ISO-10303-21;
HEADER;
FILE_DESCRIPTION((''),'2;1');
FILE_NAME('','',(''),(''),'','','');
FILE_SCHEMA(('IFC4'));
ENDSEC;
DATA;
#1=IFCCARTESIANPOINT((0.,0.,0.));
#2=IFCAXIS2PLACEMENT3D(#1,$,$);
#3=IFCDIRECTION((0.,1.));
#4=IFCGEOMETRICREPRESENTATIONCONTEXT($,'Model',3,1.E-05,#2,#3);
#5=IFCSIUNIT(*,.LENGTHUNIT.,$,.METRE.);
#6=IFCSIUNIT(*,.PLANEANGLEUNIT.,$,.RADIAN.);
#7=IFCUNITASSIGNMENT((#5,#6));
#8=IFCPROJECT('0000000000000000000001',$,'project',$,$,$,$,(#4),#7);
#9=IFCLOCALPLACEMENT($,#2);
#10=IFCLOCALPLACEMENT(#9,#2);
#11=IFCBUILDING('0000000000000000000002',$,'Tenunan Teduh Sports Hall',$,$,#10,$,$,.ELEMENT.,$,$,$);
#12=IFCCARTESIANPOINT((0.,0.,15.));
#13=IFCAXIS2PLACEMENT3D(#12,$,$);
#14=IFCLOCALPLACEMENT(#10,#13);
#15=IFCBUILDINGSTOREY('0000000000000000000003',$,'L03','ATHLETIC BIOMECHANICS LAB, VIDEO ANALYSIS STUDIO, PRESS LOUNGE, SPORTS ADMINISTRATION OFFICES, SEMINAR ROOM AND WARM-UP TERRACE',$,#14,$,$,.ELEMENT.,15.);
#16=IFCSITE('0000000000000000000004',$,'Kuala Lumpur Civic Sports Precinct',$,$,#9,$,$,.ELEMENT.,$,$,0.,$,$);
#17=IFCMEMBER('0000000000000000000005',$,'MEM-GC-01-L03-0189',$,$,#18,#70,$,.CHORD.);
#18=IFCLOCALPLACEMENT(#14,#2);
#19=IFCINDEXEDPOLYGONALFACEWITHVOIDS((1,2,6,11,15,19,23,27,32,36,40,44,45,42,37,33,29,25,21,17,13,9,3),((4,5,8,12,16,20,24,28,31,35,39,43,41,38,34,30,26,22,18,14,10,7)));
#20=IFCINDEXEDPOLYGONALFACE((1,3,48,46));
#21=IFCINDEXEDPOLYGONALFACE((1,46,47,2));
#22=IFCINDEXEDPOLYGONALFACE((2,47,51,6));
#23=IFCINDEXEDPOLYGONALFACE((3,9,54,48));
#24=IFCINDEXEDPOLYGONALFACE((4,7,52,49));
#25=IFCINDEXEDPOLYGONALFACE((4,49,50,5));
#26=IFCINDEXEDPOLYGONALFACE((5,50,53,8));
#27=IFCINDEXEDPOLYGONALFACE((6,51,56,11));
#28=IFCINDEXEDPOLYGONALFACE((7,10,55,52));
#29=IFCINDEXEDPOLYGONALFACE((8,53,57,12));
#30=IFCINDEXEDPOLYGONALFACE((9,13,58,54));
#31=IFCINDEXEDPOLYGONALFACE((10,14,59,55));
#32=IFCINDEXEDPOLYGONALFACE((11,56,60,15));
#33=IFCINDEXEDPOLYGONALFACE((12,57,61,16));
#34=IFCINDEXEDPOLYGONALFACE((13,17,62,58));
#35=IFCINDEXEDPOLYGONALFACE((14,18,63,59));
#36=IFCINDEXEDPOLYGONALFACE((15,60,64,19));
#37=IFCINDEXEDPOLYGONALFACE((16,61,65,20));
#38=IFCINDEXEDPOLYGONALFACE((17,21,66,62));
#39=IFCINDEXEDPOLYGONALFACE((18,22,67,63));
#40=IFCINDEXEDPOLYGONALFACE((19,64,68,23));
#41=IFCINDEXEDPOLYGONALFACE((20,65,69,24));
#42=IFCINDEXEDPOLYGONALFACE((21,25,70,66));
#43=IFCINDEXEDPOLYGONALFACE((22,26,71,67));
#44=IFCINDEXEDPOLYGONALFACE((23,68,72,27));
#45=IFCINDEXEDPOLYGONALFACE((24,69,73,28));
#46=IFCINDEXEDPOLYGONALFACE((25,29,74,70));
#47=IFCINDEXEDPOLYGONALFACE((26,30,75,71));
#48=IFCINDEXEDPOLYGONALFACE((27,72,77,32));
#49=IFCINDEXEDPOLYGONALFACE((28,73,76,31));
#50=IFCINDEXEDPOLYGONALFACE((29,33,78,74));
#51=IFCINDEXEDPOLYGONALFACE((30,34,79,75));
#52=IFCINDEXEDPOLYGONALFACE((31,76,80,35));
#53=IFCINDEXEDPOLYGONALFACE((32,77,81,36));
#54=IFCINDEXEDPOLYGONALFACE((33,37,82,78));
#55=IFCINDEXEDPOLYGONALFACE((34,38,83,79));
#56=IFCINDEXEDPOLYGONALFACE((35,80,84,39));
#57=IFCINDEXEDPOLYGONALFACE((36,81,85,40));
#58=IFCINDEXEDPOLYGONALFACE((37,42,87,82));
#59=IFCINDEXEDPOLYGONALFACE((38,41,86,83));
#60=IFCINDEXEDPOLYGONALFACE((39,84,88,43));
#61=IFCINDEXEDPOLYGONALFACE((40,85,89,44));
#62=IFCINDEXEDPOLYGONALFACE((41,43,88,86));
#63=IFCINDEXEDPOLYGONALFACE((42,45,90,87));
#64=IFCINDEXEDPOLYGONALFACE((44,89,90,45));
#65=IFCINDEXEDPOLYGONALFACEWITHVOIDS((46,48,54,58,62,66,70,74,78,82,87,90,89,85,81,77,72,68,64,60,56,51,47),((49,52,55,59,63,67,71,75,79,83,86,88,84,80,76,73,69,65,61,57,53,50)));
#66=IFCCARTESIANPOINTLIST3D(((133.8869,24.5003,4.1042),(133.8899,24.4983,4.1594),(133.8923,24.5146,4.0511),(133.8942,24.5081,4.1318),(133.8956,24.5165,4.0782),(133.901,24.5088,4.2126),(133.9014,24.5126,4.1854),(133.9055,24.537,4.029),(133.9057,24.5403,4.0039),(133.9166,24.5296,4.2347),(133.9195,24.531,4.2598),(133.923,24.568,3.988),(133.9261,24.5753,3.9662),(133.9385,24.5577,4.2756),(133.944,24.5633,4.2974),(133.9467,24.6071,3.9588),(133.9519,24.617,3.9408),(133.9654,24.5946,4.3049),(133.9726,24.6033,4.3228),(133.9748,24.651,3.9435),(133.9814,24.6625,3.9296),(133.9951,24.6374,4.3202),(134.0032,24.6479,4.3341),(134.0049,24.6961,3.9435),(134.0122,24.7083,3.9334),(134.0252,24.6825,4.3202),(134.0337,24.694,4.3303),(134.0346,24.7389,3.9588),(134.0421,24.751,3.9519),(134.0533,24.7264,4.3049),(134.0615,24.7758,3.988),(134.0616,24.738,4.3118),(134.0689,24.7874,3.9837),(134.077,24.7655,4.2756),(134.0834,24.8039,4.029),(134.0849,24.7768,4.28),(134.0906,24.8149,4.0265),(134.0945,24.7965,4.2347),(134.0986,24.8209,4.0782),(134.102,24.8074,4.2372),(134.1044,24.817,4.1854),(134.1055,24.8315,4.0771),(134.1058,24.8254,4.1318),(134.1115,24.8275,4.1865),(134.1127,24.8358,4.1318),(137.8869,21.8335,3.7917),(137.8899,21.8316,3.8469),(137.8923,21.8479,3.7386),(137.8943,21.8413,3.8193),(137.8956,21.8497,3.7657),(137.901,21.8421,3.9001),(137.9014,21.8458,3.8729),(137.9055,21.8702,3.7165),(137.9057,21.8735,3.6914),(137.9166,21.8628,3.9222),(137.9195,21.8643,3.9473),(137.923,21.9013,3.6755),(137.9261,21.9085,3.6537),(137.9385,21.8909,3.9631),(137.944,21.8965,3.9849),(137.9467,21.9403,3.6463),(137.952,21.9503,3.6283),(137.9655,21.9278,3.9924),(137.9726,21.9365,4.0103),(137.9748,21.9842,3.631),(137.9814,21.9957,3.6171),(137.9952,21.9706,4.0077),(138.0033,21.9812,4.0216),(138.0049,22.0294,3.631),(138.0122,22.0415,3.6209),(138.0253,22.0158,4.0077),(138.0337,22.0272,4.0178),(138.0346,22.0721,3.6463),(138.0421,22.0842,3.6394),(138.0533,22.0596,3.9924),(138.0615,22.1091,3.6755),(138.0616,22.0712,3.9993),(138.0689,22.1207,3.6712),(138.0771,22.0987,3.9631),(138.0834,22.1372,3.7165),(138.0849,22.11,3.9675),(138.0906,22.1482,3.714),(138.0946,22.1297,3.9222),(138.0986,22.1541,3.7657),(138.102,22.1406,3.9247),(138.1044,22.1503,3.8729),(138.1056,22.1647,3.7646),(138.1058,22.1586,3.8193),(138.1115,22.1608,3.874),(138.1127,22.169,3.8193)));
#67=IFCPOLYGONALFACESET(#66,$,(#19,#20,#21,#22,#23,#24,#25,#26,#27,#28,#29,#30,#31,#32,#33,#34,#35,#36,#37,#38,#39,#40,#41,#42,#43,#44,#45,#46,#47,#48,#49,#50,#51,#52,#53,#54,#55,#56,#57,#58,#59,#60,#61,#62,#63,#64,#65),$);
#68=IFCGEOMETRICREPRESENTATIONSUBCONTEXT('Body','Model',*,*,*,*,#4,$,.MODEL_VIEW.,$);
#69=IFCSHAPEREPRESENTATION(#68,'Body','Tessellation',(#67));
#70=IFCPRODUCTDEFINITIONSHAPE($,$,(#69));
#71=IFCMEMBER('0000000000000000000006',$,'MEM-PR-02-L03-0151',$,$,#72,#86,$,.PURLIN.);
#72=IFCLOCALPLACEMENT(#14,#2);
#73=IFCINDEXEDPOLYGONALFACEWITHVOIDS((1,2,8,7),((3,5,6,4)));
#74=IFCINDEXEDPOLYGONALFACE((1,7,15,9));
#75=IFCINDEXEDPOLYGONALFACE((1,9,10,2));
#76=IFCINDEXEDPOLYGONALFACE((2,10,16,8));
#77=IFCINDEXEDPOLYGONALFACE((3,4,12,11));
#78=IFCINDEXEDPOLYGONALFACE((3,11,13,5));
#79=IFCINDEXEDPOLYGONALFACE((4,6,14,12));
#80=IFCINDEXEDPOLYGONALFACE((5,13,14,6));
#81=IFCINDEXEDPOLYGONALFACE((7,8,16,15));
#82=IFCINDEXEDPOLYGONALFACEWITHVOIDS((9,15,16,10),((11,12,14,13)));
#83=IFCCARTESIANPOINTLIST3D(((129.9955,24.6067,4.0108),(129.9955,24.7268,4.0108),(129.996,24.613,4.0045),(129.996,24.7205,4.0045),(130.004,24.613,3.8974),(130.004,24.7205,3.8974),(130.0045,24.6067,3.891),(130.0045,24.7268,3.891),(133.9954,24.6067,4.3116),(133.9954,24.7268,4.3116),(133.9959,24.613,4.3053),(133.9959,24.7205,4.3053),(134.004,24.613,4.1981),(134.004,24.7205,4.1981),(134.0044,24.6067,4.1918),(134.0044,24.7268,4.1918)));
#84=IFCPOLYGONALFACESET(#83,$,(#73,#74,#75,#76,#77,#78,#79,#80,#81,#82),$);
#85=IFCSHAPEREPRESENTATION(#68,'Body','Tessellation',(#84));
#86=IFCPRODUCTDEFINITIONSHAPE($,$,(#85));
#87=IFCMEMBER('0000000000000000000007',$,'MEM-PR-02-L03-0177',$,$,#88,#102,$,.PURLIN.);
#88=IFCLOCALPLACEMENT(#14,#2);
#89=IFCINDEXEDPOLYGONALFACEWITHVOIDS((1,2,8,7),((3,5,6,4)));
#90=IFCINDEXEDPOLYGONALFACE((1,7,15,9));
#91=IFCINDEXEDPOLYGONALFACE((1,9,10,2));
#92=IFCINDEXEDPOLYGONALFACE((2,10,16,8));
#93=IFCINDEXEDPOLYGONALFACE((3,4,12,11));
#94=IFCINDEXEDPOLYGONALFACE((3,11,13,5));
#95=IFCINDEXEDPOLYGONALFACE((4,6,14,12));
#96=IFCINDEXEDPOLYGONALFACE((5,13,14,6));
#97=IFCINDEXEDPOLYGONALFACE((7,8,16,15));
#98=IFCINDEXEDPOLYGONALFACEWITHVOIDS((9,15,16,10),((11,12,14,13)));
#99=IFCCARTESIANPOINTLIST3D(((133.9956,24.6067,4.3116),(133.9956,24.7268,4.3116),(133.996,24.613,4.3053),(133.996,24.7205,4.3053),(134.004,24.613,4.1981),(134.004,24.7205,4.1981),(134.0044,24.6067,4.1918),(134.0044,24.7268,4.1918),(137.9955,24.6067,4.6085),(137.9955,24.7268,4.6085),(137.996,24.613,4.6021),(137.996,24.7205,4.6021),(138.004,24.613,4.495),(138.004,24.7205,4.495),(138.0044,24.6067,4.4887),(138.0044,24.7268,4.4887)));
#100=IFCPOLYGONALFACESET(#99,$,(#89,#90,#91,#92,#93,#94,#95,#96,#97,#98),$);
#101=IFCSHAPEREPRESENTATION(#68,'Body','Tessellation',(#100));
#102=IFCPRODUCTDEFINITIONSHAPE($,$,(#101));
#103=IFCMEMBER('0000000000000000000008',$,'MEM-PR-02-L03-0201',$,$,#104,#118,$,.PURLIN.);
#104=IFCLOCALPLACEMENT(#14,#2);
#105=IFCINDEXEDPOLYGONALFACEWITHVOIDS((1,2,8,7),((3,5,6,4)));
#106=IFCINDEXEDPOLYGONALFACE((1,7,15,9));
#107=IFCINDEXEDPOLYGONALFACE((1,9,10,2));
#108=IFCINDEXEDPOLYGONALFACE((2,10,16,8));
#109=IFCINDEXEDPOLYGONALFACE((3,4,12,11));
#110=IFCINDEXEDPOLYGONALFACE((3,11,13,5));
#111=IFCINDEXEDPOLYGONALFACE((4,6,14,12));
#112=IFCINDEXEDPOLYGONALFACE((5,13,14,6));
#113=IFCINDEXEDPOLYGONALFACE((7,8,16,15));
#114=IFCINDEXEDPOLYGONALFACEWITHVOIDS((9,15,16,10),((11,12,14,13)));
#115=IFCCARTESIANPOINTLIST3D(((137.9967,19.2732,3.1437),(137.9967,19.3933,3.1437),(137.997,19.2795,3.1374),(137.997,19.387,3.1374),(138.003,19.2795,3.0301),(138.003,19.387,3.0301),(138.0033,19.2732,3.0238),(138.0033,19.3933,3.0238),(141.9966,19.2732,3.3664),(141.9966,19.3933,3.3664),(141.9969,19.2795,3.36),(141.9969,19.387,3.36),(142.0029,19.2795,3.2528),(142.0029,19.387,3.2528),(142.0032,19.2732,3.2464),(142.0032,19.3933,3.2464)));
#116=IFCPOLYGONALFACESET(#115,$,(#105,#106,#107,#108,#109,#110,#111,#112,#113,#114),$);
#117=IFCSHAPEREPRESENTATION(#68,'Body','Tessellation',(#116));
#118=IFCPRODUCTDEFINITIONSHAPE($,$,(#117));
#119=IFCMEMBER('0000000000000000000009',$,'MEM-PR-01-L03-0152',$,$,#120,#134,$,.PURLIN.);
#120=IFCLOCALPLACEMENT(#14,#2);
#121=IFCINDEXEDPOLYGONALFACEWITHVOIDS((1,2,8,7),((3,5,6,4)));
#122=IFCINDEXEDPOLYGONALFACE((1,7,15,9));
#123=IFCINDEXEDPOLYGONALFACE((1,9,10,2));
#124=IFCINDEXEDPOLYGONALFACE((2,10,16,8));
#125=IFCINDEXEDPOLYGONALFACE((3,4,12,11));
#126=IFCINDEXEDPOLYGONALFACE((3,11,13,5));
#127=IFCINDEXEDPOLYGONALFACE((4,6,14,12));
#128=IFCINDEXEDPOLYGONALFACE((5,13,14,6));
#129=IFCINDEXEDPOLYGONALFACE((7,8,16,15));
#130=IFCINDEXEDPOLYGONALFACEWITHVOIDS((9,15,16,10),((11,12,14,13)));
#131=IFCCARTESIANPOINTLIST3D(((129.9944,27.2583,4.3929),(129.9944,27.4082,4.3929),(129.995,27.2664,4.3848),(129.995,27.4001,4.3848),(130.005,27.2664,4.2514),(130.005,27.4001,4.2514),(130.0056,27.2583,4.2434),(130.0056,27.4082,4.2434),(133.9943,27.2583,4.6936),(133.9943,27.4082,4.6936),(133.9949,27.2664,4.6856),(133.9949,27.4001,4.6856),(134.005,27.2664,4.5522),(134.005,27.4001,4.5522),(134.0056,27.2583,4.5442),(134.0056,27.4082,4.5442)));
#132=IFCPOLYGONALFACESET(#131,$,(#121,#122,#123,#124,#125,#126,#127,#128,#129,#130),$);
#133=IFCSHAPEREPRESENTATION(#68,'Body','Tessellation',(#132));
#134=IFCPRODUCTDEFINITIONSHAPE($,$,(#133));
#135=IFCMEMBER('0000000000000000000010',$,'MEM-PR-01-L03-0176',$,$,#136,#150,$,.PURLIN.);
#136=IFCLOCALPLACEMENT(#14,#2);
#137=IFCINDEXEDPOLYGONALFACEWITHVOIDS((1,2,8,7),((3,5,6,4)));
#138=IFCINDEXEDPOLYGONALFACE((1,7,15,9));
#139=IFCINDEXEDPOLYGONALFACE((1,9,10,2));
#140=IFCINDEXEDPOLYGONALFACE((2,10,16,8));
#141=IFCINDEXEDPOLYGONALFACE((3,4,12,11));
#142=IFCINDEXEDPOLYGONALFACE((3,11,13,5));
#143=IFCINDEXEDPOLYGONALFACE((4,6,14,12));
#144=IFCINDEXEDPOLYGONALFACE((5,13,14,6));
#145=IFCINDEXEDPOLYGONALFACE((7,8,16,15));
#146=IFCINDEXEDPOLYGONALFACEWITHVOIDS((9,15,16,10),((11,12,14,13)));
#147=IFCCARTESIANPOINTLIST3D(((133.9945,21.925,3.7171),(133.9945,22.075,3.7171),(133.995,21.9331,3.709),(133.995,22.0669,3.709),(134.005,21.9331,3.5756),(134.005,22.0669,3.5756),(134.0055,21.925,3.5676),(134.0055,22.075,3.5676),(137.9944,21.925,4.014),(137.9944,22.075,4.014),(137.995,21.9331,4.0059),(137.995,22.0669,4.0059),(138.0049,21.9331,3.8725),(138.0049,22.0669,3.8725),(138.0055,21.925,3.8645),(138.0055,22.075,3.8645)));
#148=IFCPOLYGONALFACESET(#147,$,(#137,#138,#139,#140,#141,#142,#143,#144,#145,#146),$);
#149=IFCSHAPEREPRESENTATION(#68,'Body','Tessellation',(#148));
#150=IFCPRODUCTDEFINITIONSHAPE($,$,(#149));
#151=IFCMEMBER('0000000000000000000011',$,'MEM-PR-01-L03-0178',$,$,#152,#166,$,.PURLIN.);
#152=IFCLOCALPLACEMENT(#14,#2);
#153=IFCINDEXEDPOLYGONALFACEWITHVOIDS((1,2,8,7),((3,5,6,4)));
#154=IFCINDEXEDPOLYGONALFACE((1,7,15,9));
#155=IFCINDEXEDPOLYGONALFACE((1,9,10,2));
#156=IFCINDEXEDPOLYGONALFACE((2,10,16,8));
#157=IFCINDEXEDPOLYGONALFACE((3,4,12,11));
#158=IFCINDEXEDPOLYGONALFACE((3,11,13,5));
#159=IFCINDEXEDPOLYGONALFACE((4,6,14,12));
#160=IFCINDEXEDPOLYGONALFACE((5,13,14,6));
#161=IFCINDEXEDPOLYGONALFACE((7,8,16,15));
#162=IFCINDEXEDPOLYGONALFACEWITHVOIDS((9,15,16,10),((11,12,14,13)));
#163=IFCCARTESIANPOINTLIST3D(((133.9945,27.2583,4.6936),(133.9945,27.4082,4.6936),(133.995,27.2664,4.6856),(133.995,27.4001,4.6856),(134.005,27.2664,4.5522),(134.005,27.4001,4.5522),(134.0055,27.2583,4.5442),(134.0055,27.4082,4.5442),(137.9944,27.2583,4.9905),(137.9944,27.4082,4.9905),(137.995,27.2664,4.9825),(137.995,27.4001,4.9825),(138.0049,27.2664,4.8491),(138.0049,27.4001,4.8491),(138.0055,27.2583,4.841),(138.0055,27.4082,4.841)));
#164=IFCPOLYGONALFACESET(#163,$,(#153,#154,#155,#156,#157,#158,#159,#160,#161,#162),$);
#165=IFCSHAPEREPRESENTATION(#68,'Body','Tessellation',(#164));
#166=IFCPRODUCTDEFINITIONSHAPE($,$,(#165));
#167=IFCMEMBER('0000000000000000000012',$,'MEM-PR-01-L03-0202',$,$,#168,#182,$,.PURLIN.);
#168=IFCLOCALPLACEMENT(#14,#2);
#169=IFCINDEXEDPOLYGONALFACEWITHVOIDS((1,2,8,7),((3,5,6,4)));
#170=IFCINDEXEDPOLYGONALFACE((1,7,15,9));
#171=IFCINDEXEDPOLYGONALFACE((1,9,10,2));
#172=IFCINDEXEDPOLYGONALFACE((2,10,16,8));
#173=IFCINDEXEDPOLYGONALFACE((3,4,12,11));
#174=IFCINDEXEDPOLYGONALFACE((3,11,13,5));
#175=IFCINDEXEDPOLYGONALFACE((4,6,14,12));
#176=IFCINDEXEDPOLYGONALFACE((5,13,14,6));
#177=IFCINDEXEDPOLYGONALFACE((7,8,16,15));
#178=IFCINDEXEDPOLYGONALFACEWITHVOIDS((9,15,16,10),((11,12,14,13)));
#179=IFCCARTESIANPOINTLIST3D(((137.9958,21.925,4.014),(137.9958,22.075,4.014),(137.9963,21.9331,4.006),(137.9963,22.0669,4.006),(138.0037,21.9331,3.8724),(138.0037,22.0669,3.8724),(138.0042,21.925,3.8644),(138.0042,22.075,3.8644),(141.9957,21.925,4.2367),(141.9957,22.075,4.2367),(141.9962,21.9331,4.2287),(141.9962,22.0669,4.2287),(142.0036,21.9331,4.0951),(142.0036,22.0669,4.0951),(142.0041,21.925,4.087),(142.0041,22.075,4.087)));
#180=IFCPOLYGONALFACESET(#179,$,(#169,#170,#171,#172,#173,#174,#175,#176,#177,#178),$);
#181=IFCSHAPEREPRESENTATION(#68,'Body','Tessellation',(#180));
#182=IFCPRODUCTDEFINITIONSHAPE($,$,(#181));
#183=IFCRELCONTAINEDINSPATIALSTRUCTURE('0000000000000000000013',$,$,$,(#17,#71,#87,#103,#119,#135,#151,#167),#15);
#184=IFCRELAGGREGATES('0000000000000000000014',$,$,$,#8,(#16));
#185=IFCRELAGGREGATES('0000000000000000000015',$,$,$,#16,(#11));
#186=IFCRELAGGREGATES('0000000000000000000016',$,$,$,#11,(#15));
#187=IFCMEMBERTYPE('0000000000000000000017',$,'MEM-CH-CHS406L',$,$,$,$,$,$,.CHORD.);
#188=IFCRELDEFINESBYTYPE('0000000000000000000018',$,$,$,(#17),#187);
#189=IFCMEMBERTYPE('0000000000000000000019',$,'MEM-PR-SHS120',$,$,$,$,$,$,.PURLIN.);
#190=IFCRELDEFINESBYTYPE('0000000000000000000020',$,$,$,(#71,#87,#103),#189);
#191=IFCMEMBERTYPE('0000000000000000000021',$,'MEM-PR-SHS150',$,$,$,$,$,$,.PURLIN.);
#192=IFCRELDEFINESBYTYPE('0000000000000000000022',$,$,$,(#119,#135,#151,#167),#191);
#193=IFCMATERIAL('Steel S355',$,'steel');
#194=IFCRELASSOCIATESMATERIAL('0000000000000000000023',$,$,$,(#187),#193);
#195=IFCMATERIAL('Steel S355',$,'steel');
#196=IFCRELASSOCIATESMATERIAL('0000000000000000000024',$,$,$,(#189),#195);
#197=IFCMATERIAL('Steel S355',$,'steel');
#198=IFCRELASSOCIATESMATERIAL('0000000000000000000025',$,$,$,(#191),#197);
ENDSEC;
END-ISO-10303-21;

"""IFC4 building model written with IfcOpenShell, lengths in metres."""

from ifc_helpers import new_model, si_unit, direction, frame, origin, origin_2d, place, context, subcontext, project, spatial, hollow_rectangle, hollow_circle, extrude, material, material_profile, profile_set, type_object, element, save


model = new_model("IFC4")

# Units and contexts
model_context = context("Model", 3, precision=1e-05, world=origin(), true_north=direction((0.0, 1.0)))
body_context = subcontext(model_context, "Body", "Model", "MODEL_VIEW")
ifc_project = project(units=[si_unit("LENGTHUNIT", "METRE"), si_unit("PLANEANGLEUNIT", "RADIAN")], contexts=[model_context])

# Site, building, storey
site_placement = place(None, origin())
site = spatial("IfcSite", under=ifc_project, at=site_placement, Name="Kuala Lumpur Civic Sports Precinct", CompositionType="ELEMENT", RefElevation=0.0)
building_placement = place(site_placement, origin())
building = spatial("IfcBuilding", under=site, at=building_placement, Name="Tenunan Teduh Sports Hall", CompositionType="ELEMENT")
storey_placement = place(building_placement, frame((0.0, 0.0, 15.0)))
storey = spatial("IfcBuildingStorey", under=building, at=storey_placement, Name="L03", Description="ATHLETIC BIOMECHANICS LAB, VIDEO ANALYSIS STUDIO, PRESS LOUNGE, SPORTS ADMINISTRATION OFFICES, SEMINAR ROOM AND WARM-UP TERRACE", CompositionType="ELEMENT", Elevation=15.0)

# Members
ifc_material_1 = material(Name="Steel S355", Category="steel")
ifc_material_profile_1 = material_profile(ifc_material_1, hollow_circle(Radius=0.2031, WallThickness=0.0125, at=origin_2d()), Name="CHS 406.4x12.5")
ifc_profile_set_1 = profile_set([ifc_material_profile_1], Name="Steel S355")
member_type_1 = type_object("IfcMemberType", Name="MEM-CH-CHS406L", PredefinedType="CHORD", material=ifc_profile_set_1)
member_1_placement = place(storey_placement, frame((134.0, 24.6667, 4.1318), z_axis=(0.83029, -0.553544, -0.064866), x_axis=(0.554712, 0.832042, 0.0)))
element("IfcMember", 1, at=member_1_placement, inside=storey, type_object=member_type_1, Name="MEM-GC-01-L03-0189", PredefinedType="CHORD", context=body_context, shape_type="SweptSolid", body=[
    extrude(hollow_circle(Radius=0.2031, WallThickness=0.0125, at=origin_2d()), origin(), (0.0, 0.0, 1.0), 4.8176),
])
ifc_material_2 = material(Name="Steel S355", Category="steel")
ifc_material_profile_2 = material_profile(ifc_material_2, hollow_rectangle(XDim=0.1201, YDim=0.1201, WallThickness=0.0063, at=origin_2d()), Name="SHS 120x120x6.3")
ifc_profile_set_2 = profile_set([ifc_material_profile_2], Name="Steel S355")
member_type_2 = type_object("IfcMemberType", Name="MEM-PR-SHS120", PredefinedType="PURLIN", material=ifc_profile_set_2)
member_2_placement = place(storey_placement, frame((130.0, 24.6667, 3.9509), z_axis=(0.997185, 0.0, 0.074984), x_axis=(0.0, 1.0, 0.0)))
element("IfcMember", 2, at=member_2_placement, inside=storey, type_object=member_type_2, Name="MEM-PR-02-L03-0151", PredefinedType="PURLIN", context=body_context, shape_type="SweptSolid", body=[
    extrude(hollow_rectangle(XDim=0.1201, YDim=0.1201, WallThickness=0.0063, at=origin_2d()), origin(), (0.0, 0.0, 1.0), 4.0112),
])
member_3_placement = place(storey_placement, frame((134.0, 24.6667, 4.2517), z_axis=(0.997257, 0.0, 0.074015), x_axis=(0.0, 1.0, 0.0)))
element("IfcMember", 3, at=member_3_placement, inside=storey, type_object=member_type_2, Name="MEM-PR-02-L03-0177", PredefinedType="PURLIN", context=body_context, shape_type="SweptSolid", body=[
    extrude(hollow_rectangle(XDim=0.1201, YDim=0.1201, WallThickness=0.0063, at=origin_2d()), origin(), (0.0, 0.0, 1.0), 4.011),
])
member_4_placement = place(storey_placement, frame((138.0, 19.3333, 3.0837), z_axis=(0.998454, 0.0, 0.055578), x_axis=(0.0, 1.0, 0.0)))
element("IfcMember", 4, at=member_4_placement, inside=storey, type_object=member_type_2, Name="MEM-PR-02-L03-0201", PredefinedType="PURLIN", context=body_context, shape_type="SweptSolid", body=[
    extrude(hollow_rectangle(XDim=0.1201, YDim=0.1201, WallThickness=0.0063, at=origin_2d()), origin(), (0.0, 0.0, 1.0), 4.0061),
])
ifc_material_3 = material(Name="Steel S355", Category="steel")
ifc_material_profile_3 = material_profile(ifc_material_3, hollow_rectangle(XDim=0.1499, YDim=0.1499, WallThickness=0.0081, at=origin_2d()), Name="SHS 150x150x8.0")
ifc_profile_set_3 = profile_set([ifc_material_profile_3], Name="Steel S355")
member_type_3 = type_object("IfcMemberType", Name="MEM-PR-SHS150", PredefinedType="PURLIN", material=ifc_profile_set_3)
member_5_placement = place(storey_placement, frame((130.0, 27.3333, 4.3181), z_axis=(0.997185, 0.0, 0.074984), x_axis=(0.0, 1.0, 0.0)))
element("IfcMember", 5, at=member_5_placement, inside=storey, type_object=member_type_3, Name="MEM-PR-01-L03-0152", PredefinedType="PURLIN", context=body_context, shape_type="SweptSolid", body=[
    extrude(hollow_rectangle(XDim=0.1499, YDim=0.1499, WallThickness=0.0081, at=origin_2d()), origin(), (0.0, 0.0, 1.0), 4.0112),
])
for number, where, z_axis, x_axis, name in (
    (6, (134.0, 22.0, 3.6423), (0.997257, 0.0, 0.074015), (0.0, 1.0, 0.0), "MEM-PR-01-L03-0176"),
    (7, (134.0, 27.3333, 4.6189), (0.997257, 0.0, 0.074015), (0.0, 1.0, 0.0), "MEM-PR-01-L03-0178"),
):
    element("IfcMember", number, at=place(storey_placement, frame(where, z_axis=z_axis, x_axis=x_axis)), inside=storey, type_object=member_type_3, Name=name, PredefinedType="PURLIN", context=body_context, shape_type="SweptSolid", body=[
        extrude(hollow_rectangle(XDim=0.1499, YDim=0.1499, WallThickness=0.0081, at=origin_2d()), origin(), (0.0, 0.0, 1.0), 4.011),
    ])
member_6_placement = place(storey_placement, frame((138.0, 22.0, 3.9392), z_axis=(0.998454, 0.0, 0.055578), x_axis=(0.0, 1.0, 0.0)))
element("IfcMember", 8, at=member_6_placement, inside=storey, type_object=member_type_3, Name="MEM-PR-01-L03-0202", PredefinedType="PURLIN", context=body_context, shape_type="SweptSolid", body=[
    extrude(hollow_rectangle(XDim=0.1499, YDim=0.1499, WallThickness=0.0081, at=origin_2d()), origin(), (0.0, 0.0, 1.0), 4.0061),
])

save(model, "model.ifc")
